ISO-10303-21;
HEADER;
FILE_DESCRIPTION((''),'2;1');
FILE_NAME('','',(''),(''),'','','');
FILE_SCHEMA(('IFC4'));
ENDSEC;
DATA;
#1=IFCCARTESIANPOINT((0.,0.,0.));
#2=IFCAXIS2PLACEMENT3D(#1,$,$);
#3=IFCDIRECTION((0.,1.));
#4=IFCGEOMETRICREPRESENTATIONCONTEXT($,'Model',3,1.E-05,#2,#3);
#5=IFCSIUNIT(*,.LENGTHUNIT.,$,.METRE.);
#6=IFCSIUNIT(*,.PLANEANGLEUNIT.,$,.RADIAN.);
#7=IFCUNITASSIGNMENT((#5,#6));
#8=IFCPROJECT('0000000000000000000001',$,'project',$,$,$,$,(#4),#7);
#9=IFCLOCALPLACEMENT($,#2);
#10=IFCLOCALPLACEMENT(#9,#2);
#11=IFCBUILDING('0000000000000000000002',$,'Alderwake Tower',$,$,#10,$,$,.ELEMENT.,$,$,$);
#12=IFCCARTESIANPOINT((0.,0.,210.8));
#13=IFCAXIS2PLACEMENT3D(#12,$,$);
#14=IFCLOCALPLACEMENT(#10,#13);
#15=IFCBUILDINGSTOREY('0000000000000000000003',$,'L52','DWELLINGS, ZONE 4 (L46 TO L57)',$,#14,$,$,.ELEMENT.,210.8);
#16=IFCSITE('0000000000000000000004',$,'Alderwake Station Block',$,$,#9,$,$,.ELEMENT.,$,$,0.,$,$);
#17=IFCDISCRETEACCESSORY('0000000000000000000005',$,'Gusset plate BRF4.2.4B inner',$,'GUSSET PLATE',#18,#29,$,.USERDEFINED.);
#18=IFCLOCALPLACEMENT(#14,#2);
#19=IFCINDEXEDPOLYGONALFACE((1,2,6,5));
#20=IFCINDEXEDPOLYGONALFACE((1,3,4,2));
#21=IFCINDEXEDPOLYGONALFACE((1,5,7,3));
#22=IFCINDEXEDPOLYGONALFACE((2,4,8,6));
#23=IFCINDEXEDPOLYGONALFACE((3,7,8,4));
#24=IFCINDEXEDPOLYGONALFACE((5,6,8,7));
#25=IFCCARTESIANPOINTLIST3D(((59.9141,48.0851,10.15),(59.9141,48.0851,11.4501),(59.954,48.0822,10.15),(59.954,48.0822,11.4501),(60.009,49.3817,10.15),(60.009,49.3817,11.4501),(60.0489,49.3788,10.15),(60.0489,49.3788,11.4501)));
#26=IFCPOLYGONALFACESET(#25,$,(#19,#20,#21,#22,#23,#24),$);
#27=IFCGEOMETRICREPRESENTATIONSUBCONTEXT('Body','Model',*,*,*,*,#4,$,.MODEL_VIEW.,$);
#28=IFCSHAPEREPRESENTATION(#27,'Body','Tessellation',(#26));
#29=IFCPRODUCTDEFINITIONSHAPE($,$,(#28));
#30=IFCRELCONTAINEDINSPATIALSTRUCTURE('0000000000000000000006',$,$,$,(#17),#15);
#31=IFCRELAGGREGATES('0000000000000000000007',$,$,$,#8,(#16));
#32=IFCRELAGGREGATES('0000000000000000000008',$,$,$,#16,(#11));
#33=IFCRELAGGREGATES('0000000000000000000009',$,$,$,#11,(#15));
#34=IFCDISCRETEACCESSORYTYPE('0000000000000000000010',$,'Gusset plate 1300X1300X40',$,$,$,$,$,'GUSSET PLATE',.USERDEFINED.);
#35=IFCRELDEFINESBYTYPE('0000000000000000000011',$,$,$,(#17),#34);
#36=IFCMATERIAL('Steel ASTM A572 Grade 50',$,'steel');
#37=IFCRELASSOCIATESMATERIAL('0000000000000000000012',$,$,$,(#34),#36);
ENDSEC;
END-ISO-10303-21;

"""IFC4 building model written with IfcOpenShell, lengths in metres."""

from ifc_helpers import new_model, si_unit, direction, frame, origin, origin_2d, place, context, subcontext, project, spatial, rectangle, extrude, material, material_profile, profile_set, type_object, element, save


model = new_model("IFC4")

# Units and contexts
model_context = context("Model", 3, precision=1e-05, world=origin(), true_north=direction((0.0, 1.0)))
body_context = subcontext(model_context, "Body", "Model", "MODEL_VIEW")
ifc_project = project(units=[si_unit("LENGTHUNIT", "METRE"), si_unit("PLANEANGLEUNIT", "RADIAN")], contexts=[model_context])

# Site, building, storey
site_placement = place(None, origin())
site = spatial("IfcSite", under=ifc_project, at=site_placement, Name="Alderwake Station Block", CompositionType="ELEMENT", RefElevation=0.0)
building_placement = place(site_placement, origin())
building = spatial("IfcBuilding", under=site, at=building_placement, Name="Alderwake Tower", CompositionType="ELEMENT")
storey_placement = place(building_placement, frame((0.0, 0.0, 210.8)))
storey = spatial("IfcBuildingStorey", under=building, at=storey_placement, Name="L52", Description="DWELLINGS, ZONE 4 (L46 TO L57)", CompositionType="ELEMENT", Elevation=210.8)

# Discrete accessory
ifc_material_1 = material(Name="Steel ASTM A572 Grade 50", Category="steel")
ifc_material_profile_1 = material_profile(ifc_material_1, rectangle(XDim=1.3, YDim=1.3, at=origin_2d()), Name="gusset 1300X1300")
ifc_profile_set_1 = profile_set([ifc_material_profile_1], Name="Steel ASTM A572 Grade 50")
discrete_accessory_type = type_object("IfcDiscreteAccessoryType", Name="Gusset plate 1300X1300X40", ElementType="GUSSET PLATE", PredefinedType="USERDEFINED", material=ifc_profile_set_1)
discrete_accessory_1_placement = place(storey_placement, frame((60.0015, 48.7305, 10.8), z_axis=(-0.997334, 0.072976, 0.0), x_axis=(-0.072976, -0.997334, 0.0)))
element("IfcDiscreteAccessory", 1, at=discrete_accessory_1_placement, inside=storey, type_object=discrete_accessory_type, Name="Gusset plate BRF4.2.4B inner", ObjectType="GUSSET PLATE", PredefinedType="USERDEFINED", context=body_context, shape_type="SweptSolid", body=[
    extrude(rectangle(XDim=1.3, YDim=1.3, at=origin_2d()), origin(), (0.0, 0.0, 1.0), 0.04),
])

save(model, "model.ifc")
